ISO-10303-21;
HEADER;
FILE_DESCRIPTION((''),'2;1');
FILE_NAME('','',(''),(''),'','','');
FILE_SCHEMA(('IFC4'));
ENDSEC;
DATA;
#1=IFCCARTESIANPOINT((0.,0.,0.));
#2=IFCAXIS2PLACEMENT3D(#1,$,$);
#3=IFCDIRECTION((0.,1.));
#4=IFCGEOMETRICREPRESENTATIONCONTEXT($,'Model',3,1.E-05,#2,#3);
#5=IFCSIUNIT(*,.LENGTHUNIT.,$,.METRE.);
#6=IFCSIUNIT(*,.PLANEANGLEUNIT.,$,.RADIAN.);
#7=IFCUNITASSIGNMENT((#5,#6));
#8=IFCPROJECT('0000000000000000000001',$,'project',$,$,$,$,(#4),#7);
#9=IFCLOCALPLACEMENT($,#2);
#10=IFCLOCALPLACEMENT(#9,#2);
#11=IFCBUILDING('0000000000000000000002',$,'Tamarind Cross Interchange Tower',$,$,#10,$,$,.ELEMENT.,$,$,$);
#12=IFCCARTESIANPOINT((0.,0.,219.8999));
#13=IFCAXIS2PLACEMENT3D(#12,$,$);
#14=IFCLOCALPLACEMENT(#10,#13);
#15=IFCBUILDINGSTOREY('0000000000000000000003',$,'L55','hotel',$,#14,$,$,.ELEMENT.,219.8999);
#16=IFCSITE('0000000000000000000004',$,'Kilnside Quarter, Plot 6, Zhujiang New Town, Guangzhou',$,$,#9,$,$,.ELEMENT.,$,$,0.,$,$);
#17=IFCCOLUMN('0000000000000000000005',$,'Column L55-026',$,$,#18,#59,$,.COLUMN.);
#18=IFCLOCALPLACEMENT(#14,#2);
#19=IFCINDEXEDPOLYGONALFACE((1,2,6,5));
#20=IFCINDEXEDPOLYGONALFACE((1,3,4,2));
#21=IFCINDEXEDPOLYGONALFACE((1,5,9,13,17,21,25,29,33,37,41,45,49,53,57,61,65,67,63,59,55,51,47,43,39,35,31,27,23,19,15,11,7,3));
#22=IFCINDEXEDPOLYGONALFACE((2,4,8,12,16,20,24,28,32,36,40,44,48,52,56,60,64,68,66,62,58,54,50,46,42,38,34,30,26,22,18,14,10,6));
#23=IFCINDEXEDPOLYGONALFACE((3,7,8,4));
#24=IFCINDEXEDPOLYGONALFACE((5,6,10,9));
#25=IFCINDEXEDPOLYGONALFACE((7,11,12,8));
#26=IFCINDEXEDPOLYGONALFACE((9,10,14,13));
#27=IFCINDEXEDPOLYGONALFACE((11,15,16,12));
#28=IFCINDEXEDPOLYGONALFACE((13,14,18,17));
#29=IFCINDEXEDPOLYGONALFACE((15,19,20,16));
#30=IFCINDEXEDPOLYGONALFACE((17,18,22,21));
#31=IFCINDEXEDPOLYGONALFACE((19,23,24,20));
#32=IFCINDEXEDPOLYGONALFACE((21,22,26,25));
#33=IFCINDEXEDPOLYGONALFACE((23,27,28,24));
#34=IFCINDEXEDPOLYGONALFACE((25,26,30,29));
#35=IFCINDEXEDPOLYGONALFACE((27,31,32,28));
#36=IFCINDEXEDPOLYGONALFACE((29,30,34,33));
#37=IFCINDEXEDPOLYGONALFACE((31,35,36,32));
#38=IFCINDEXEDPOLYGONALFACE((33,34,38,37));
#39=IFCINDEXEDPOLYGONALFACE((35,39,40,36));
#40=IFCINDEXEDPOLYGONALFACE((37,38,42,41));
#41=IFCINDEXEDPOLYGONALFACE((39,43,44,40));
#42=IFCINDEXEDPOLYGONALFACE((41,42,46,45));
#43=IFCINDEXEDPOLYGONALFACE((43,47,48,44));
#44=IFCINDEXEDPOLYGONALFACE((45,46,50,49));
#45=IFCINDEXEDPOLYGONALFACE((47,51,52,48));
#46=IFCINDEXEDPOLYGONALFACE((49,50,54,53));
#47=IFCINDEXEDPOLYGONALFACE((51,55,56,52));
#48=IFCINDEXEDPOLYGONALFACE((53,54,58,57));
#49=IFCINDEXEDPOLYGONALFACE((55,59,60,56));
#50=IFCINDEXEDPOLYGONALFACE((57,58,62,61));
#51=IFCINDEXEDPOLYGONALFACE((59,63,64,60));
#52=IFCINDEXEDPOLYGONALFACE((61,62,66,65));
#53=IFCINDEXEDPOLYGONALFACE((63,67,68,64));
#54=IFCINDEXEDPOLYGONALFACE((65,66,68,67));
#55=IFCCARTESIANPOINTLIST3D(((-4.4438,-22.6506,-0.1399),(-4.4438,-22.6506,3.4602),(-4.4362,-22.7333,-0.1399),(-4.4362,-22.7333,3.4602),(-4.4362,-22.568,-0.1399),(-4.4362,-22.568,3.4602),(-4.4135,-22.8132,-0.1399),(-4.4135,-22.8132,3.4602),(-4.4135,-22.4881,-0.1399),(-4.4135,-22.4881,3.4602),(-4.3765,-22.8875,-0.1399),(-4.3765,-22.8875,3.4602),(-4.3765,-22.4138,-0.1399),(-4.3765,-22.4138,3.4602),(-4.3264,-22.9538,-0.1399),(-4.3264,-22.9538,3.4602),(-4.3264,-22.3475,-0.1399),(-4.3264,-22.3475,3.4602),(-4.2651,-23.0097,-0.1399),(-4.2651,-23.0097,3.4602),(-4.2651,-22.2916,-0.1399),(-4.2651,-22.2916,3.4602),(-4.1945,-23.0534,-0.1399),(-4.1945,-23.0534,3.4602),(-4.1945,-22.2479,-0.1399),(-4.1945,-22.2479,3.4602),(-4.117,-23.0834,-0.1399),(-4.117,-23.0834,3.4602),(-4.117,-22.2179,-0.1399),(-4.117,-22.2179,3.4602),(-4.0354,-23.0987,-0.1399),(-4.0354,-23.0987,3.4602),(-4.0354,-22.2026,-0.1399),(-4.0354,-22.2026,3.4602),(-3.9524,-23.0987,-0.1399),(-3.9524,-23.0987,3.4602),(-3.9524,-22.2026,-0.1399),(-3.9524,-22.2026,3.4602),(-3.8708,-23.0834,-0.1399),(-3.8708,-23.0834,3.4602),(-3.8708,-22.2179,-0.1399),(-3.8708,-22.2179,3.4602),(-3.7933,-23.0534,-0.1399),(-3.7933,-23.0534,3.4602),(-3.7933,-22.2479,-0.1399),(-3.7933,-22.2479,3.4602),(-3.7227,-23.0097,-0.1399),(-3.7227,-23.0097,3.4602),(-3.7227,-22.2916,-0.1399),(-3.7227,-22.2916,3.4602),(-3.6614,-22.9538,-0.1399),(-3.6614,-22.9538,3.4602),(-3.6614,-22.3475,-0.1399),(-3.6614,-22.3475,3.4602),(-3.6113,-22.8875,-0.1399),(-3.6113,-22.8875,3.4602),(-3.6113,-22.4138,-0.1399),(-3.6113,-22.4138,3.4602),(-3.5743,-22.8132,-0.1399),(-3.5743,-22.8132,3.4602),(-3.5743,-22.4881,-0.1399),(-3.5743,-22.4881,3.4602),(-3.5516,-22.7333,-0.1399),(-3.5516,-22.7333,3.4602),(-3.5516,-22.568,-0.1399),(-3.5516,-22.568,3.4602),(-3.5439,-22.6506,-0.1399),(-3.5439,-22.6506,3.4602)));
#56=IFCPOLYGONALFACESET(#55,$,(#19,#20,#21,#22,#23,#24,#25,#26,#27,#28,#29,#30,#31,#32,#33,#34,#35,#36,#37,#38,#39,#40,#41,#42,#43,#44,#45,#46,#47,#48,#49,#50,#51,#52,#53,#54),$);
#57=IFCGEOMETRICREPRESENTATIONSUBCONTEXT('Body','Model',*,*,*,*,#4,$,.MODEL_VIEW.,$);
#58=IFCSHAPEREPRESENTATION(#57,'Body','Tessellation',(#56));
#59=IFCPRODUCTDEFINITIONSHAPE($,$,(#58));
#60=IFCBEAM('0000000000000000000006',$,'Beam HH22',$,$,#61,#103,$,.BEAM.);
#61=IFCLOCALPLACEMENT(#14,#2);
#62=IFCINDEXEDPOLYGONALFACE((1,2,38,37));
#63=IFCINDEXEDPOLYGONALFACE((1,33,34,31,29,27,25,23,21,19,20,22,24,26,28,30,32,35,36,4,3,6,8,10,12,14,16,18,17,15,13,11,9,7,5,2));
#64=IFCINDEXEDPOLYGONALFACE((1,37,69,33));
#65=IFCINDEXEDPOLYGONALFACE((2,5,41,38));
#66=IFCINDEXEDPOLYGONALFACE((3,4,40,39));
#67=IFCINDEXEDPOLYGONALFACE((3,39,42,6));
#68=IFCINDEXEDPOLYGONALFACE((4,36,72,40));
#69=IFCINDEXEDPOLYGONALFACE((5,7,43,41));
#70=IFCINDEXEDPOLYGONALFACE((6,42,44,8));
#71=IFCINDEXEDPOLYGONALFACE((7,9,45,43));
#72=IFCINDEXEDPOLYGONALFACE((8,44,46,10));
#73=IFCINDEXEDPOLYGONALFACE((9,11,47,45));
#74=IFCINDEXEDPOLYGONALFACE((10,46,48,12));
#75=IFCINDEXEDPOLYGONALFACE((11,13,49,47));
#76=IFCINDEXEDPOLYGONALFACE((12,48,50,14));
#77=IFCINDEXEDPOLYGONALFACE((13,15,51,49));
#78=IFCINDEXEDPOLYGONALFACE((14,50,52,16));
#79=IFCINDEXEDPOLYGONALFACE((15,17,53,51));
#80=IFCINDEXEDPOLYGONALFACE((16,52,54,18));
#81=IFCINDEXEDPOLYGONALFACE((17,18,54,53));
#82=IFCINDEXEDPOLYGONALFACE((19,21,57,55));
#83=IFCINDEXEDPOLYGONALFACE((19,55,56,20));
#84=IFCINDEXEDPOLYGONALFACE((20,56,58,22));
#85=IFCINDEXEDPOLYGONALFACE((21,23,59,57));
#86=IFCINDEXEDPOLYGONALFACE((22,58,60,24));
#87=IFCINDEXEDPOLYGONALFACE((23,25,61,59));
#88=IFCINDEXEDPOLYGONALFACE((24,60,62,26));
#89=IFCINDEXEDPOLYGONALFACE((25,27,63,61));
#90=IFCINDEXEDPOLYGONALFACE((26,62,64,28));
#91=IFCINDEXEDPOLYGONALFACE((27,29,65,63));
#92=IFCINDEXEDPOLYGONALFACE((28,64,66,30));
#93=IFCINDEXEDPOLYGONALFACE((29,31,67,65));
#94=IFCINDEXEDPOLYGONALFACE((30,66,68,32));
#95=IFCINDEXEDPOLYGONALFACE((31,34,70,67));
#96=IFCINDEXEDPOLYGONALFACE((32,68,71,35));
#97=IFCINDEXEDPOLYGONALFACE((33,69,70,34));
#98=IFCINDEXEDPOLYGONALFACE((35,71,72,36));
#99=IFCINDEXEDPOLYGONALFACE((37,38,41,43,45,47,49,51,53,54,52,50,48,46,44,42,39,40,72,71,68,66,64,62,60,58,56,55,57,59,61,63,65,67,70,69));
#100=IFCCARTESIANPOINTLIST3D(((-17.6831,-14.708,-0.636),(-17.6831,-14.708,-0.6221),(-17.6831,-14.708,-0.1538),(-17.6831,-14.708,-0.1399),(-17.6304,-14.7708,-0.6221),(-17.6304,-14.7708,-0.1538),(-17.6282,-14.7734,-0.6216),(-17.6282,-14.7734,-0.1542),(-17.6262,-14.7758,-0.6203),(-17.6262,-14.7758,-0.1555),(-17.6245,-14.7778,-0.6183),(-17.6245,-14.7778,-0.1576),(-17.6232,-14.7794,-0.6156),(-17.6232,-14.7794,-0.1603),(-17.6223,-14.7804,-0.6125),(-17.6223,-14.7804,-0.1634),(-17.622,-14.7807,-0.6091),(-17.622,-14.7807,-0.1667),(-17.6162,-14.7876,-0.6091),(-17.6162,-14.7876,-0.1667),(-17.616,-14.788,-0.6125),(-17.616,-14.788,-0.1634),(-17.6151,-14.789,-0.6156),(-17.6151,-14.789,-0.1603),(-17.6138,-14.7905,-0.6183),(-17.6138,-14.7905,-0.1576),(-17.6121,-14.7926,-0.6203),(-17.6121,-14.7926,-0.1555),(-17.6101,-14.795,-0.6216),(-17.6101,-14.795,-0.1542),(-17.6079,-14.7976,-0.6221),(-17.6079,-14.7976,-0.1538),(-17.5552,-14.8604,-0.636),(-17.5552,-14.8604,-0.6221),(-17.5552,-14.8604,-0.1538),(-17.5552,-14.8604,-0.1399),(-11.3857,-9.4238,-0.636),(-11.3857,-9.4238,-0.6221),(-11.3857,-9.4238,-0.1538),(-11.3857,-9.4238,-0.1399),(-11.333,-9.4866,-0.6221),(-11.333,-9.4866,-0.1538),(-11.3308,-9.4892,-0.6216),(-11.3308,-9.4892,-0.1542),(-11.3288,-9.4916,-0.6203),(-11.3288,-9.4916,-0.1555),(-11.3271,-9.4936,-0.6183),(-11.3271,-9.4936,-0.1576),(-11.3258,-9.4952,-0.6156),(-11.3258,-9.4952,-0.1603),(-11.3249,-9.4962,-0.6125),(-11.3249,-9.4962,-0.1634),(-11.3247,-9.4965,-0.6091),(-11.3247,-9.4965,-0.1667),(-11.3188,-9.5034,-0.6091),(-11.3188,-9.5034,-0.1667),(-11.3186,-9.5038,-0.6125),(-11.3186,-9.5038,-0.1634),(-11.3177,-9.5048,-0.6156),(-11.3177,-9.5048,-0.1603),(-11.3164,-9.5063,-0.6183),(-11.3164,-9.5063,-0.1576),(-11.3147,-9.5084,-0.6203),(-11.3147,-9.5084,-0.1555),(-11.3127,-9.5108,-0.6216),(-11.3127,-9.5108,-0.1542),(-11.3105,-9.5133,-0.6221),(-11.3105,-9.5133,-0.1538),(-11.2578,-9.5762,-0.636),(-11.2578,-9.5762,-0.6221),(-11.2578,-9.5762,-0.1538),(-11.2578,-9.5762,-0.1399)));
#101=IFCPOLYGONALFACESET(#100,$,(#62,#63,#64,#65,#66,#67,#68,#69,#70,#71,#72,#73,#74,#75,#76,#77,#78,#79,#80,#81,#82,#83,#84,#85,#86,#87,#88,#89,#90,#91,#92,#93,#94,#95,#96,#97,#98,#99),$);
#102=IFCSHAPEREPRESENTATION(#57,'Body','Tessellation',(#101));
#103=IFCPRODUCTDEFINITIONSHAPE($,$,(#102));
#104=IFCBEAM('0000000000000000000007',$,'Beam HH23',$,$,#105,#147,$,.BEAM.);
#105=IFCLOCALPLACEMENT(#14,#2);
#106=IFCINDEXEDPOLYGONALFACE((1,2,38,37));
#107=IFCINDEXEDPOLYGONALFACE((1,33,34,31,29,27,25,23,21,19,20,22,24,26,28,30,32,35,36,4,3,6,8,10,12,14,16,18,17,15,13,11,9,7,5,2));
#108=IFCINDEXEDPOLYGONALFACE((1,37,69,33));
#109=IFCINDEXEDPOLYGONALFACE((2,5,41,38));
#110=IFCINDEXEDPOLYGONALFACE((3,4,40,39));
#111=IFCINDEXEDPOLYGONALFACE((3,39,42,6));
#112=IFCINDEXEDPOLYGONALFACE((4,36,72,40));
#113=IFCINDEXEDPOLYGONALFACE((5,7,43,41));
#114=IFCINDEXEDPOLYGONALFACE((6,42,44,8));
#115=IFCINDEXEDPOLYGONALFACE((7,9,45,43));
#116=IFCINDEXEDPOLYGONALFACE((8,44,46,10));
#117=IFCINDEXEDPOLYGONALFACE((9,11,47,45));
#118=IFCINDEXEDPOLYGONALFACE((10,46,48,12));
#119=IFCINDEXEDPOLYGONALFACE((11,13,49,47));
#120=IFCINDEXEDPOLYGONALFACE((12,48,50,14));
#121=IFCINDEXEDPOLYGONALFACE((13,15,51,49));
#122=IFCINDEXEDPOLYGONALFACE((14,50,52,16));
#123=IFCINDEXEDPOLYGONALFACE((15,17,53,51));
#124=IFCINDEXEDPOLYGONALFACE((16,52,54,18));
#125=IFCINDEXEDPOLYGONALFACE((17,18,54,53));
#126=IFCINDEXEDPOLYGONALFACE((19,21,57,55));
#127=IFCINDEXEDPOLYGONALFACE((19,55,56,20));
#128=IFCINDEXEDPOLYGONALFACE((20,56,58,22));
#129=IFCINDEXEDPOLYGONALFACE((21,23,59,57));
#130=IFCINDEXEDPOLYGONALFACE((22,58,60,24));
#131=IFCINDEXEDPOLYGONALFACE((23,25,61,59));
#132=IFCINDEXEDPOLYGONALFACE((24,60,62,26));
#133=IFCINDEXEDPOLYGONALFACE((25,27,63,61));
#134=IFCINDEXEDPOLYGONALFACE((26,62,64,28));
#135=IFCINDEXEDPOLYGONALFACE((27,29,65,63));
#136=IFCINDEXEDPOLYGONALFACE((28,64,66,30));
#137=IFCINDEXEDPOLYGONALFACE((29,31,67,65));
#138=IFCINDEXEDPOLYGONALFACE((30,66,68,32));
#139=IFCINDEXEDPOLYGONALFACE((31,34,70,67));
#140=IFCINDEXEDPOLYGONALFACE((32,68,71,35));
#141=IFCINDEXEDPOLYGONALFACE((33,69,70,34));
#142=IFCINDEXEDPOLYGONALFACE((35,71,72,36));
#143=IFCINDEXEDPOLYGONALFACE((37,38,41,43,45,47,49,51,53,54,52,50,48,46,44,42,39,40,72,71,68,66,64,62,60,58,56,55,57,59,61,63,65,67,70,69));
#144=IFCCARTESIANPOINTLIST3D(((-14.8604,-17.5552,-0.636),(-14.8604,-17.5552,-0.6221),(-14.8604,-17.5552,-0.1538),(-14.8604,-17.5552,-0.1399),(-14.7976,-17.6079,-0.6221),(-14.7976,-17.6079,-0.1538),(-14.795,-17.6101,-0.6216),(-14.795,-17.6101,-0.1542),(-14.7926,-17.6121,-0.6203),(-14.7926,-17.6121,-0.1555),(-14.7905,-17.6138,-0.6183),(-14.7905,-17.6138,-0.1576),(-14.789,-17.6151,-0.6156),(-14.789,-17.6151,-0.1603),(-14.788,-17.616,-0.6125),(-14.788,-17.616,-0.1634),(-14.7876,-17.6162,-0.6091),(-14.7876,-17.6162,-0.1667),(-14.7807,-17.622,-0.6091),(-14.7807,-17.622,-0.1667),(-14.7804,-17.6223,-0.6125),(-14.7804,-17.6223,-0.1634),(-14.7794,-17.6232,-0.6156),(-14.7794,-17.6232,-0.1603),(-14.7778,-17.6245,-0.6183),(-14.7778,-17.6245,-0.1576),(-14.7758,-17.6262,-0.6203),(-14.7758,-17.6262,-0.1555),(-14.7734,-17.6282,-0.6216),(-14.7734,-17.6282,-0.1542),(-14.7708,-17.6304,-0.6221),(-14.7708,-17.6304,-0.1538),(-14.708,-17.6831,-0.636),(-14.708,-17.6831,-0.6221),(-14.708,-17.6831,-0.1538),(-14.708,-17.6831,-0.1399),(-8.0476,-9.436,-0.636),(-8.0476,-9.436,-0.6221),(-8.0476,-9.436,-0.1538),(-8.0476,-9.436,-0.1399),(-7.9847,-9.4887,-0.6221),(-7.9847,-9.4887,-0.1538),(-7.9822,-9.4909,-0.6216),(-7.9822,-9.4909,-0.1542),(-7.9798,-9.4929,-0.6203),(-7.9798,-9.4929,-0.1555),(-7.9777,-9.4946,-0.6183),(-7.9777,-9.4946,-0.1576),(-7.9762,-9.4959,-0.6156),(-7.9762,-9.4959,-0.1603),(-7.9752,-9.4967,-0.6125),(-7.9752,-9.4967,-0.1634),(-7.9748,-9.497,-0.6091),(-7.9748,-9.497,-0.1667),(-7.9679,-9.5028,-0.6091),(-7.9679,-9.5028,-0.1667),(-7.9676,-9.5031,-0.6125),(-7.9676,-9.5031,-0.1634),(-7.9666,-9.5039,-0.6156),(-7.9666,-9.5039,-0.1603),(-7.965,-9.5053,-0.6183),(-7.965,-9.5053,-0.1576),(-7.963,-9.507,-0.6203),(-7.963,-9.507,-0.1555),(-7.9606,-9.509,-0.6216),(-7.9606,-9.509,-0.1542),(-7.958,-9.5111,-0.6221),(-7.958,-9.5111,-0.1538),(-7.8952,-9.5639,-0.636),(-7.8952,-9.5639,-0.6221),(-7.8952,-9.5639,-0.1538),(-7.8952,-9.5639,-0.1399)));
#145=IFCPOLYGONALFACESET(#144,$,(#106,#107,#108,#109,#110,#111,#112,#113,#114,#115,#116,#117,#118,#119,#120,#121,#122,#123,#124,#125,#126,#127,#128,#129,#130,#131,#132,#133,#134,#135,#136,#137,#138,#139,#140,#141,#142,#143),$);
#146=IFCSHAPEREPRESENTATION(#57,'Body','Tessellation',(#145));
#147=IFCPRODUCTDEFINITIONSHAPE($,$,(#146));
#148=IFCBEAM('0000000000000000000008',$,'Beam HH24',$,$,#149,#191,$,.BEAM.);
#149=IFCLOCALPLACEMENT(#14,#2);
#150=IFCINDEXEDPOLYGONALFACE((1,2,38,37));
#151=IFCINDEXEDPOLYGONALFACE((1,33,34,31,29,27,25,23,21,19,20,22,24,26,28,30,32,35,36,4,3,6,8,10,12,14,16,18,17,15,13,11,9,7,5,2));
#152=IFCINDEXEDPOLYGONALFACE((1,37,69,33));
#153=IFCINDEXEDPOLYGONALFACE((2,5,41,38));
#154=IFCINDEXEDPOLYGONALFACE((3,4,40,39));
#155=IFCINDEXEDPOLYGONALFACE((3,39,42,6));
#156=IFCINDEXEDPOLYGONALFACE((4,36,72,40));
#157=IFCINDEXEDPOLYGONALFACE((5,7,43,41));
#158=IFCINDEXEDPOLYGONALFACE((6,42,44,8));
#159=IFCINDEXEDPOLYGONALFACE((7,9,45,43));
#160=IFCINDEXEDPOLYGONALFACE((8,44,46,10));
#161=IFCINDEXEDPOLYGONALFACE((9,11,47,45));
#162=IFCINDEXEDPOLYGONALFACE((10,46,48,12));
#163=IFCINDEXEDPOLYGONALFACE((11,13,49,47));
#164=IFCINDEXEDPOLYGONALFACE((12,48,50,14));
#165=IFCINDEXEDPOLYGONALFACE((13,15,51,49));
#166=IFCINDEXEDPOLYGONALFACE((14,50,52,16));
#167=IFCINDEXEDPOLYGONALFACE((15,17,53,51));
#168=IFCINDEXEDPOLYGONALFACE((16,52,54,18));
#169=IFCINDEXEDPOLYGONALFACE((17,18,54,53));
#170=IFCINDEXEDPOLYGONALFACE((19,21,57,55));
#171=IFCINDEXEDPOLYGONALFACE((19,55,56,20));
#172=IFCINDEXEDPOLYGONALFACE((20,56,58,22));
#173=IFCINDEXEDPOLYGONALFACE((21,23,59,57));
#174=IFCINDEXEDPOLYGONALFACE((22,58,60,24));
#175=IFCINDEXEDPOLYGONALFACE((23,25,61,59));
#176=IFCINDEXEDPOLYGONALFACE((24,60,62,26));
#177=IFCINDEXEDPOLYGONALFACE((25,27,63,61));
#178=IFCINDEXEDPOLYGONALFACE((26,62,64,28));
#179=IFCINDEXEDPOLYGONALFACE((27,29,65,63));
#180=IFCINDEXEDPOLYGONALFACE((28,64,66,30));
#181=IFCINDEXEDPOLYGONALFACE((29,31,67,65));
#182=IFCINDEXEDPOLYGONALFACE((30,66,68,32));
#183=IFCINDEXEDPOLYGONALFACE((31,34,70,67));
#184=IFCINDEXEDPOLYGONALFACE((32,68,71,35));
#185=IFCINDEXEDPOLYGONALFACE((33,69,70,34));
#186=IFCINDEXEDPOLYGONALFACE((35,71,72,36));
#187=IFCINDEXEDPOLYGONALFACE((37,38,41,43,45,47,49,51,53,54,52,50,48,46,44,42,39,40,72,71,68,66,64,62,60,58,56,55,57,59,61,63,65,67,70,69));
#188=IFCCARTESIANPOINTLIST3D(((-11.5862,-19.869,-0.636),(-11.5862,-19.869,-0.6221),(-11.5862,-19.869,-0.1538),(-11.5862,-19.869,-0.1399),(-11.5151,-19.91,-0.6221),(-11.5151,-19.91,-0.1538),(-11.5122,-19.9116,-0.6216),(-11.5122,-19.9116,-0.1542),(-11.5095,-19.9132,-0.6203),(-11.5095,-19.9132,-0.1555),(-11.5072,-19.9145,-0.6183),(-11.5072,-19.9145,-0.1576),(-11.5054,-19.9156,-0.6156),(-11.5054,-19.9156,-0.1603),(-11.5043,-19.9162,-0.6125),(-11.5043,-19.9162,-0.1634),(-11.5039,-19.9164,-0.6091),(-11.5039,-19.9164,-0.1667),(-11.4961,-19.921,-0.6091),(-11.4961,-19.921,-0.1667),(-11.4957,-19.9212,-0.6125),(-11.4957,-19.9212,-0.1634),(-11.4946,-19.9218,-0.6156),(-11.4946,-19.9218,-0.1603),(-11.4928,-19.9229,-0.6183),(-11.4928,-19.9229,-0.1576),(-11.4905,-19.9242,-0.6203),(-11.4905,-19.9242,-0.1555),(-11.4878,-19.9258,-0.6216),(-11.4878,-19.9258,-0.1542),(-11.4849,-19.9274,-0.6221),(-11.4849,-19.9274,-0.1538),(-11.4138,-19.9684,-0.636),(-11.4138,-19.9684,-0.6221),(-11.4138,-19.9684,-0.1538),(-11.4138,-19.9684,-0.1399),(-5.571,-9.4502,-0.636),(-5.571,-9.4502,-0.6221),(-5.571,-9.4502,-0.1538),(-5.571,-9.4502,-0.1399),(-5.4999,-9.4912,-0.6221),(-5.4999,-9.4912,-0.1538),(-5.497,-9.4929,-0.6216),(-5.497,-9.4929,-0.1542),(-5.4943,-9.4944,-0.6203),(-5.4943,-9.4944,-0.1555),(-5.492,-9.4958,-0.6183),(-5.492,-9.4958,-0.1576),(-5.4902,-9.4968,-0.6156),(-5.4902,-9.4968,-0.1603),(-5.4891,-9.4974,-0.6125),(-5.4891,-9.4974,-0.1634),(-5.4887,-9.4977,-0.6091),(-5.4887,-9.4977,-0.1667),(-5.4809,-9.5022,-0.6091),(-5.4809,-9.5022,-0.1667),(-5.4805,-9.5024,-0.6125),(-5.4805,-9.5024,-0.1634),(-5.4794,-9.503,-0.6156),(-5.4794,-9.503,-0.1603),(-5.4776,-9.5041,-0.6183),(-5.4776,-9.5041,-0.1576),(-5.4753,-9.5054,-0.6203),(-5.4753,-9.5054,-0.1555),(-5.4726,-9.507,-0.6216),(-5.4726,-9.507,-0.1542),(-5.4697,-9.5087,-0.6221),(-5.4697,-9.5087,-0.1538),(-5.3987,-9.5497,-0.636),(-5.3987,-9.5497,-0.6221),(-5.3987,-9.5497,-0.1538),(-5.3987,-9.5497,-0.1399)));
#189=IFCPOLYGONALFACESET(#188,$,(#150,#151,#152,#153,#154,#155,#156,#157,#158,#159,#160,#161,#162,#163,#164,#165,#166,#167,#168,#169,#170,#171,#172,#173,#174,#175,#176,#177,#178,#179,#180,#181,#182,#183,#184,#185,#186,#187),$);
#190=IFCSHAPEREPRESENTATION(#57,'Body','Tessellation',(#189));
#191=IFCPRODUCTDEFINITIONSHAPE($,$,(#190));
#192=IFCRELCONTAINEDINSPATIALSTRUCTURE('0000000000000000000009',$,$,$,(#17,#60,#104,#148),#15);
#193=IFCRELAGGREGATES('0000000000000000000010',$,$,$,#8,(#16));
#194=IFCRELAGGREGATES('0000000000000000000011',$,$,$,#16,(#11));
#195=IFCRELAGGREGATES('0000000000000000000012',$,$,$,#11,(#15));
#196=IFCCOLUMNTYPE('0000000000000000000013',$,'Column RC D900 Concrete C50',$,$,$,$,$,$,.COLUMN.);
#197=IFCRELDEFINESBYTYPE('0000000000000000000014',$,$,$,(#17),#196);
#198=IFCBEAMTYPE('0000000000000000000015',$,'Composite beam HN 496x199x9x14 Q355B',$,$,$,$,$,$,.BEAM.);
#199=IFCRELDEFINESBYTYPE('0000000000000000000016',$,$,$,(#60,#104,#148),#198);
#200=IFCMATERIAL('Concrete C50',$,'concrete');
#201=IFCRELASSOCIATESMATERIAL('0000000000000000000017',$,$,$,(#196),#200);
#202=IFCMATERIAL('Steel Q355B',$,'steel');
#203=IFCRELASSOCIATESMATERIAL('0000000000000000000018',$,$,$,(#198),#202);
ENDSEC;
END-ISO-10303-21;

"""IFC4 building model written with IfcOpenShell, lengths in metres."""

from ifc_helpers import new_model, si_unit, direction, frame, origin, origin_2d, place, context, subcontext, project, spatial, circle, i_section, extrude, material, material_profile, profile_set, type_object, element, save


model = new_model("IFC4")

# Units and contexts
model_context = context("Model", 3, precision=1e-05, world=origin(), true_north=direction((0.0, 1.0)))
body_context = subcontext(model_context, "Body", "Model", "MODEL_VIEW")
ifc_project = project(units=[si_unit("LENGTHUNIT", "METRE"), si_unit("PLANEANGLEUNIT", "RADIAN")], contexts=[model_context])

# Site, building, storey
site_placement = place(None, origin())
site = spatial("IfcSite", under=ifc_project, at=site_placement, Name="Kilnside Quarter, Plot 6, Zhujiang New Town, Guangzhou", CompositionType="ELEMENT", RefElevation=0.0)
building_placement = place(site_placement, origin())
building = spatial("IfcBuilding", under=site, at=building_placement, Name="Tamarind Cross Interchange Tower", CompositionType="ELEMENT")
storey_placement = place(building_placement, frame((0.0, 0.0, 219.8999)))
storey = spatial("IfcBuildingStorey", under=building, at=storey_placement, Name="L55", Description="hotel", CompositionType="ELEMENT", Elevation=219.8999)

# Column
ifc_material_1 = material(Name="Concrete C50", Category="concrete")
ifc_material_profile_1 = material_profile(ifc_material_1, circle(Radius=0.45, at=origin_2d()), Name="RC D900")
ifc_profile_set_1 = profile_set([ifc_material_profile_1], Name="Concrete C50")
column_type = type_object("IfcColumnType", Name="Column RC D900 Concrete C50", PredefinedType="COLUMN", material=ifc_profile_set_1)
for number, where, z_axis, x_axis, name in (
    (1, (-3.9939, -22.6506, -0.1399), (0.0, 0.0, 1.0), (1.0, 0.0, 0.0), "Column L55-026"),
):
    element("IfcColumn", number, at=place(storey_placement, frame(where, z_axis=z_axis, x_axis=x_axis)), inside=storey, type_object=column_type, Name=name, PredefinedType="COLUMN", context=body_context, shape_type="SweptSolid", body=[
        extrude(circle(Radius=0.45, at=origin_2d()), origin(), (0.0, 0.0, 1.0), 3.6001),
    ])

# Beams
ifc_material_2 = material(Name="Steel Q355B", Category="steel")
ifc_material_profile_2 = material_profile(ifc_material_2, i_section(OverallWidth=0.199, OverallDepth=0.4961, WebThickness=0.009, FlangeThickness=0.0139, FilletRadius=0.0129, at=origin_2d()), Name="HN 496x199x9x14")
ifc_profile_set_2 = profile_set([ifc_material_profile_2], Name="Steel Q355B")
beam_type = type_object("IfcBeamType", Name="Composite beam HN 496x199x9x14 Q355B", PredefinedType="BEAM", material=ifc_profile_set_2)
beam_1_placement = place(storey_placement, frame((-17.6191, -14.7842, -0.3879), z_axis=(0.766041, 0.642792, 0.0), x_axis=(-0.642792, 0.766041, 0.0)))
element("IfcBeam", 2, at=beam_1_placement, inside=storey, type_object=beam_type, Name="Beam HH22", PredefinedType="BEAM", context=body_context, shape_type="SweptSolid", body=[
    extrude(i_section(OverallWidth=0.199, OverallDepth=0.4961, WebThickness=0.009, FlangeThickness=0.0139, FilletRadius=0.0129, at=origin_2d()), origin(), (0.0, 0.0, 1.0), 8.2207),
])
beam_2_placement = place(storey_placement, frame((-14.7842, -17.6191, -0.3879), z_axis=(0.642786, 0.766046, 0.0), x_axis=(-0.766046, 0.642786, 0.0)))
element("IfcBeam", 3, at=beam_2_placement, inside=storey, type_object=beam_type, Name="Beam HH23", PredefinedType="BEAM", context=body_context, shape_type="SweptSolid", body=[
    extrude(i_section(OverallWidth=0.199, OverallDepth=0.4961, WebThickness=0.009, FlangeThickness=0.0139, FilletRadius=0.0129, at=origin_2d()), origin(), (0.0, 0.0, 1.0), 10.5989),
])
beam_3_placement = place(storey_placement, frame((-11.5, -19.9187, -0.3879), z_axis=(0.499994, 0.866029, 0.0), x_axis=(-0.866029, 0.499994, 0.0)))
element("IfcBeam", 4, at=beam_3_placement, inside=storey, type_object=beam_type, Name="Beam HH24", PredefinedType="BEAM", context=body_context, shape_type="SweptSolid", body=[
    extrude(i_section(OverallWidth=0.199, OverallDepth=0.4961, WebThickness=0.009, FlangeThickness=0.0139, FilletRadius=0.0129, at=origin_2d()), origin(), (0.0, 0.0, 1.0), 12.0305),
])

save(model, "model.ifc")
